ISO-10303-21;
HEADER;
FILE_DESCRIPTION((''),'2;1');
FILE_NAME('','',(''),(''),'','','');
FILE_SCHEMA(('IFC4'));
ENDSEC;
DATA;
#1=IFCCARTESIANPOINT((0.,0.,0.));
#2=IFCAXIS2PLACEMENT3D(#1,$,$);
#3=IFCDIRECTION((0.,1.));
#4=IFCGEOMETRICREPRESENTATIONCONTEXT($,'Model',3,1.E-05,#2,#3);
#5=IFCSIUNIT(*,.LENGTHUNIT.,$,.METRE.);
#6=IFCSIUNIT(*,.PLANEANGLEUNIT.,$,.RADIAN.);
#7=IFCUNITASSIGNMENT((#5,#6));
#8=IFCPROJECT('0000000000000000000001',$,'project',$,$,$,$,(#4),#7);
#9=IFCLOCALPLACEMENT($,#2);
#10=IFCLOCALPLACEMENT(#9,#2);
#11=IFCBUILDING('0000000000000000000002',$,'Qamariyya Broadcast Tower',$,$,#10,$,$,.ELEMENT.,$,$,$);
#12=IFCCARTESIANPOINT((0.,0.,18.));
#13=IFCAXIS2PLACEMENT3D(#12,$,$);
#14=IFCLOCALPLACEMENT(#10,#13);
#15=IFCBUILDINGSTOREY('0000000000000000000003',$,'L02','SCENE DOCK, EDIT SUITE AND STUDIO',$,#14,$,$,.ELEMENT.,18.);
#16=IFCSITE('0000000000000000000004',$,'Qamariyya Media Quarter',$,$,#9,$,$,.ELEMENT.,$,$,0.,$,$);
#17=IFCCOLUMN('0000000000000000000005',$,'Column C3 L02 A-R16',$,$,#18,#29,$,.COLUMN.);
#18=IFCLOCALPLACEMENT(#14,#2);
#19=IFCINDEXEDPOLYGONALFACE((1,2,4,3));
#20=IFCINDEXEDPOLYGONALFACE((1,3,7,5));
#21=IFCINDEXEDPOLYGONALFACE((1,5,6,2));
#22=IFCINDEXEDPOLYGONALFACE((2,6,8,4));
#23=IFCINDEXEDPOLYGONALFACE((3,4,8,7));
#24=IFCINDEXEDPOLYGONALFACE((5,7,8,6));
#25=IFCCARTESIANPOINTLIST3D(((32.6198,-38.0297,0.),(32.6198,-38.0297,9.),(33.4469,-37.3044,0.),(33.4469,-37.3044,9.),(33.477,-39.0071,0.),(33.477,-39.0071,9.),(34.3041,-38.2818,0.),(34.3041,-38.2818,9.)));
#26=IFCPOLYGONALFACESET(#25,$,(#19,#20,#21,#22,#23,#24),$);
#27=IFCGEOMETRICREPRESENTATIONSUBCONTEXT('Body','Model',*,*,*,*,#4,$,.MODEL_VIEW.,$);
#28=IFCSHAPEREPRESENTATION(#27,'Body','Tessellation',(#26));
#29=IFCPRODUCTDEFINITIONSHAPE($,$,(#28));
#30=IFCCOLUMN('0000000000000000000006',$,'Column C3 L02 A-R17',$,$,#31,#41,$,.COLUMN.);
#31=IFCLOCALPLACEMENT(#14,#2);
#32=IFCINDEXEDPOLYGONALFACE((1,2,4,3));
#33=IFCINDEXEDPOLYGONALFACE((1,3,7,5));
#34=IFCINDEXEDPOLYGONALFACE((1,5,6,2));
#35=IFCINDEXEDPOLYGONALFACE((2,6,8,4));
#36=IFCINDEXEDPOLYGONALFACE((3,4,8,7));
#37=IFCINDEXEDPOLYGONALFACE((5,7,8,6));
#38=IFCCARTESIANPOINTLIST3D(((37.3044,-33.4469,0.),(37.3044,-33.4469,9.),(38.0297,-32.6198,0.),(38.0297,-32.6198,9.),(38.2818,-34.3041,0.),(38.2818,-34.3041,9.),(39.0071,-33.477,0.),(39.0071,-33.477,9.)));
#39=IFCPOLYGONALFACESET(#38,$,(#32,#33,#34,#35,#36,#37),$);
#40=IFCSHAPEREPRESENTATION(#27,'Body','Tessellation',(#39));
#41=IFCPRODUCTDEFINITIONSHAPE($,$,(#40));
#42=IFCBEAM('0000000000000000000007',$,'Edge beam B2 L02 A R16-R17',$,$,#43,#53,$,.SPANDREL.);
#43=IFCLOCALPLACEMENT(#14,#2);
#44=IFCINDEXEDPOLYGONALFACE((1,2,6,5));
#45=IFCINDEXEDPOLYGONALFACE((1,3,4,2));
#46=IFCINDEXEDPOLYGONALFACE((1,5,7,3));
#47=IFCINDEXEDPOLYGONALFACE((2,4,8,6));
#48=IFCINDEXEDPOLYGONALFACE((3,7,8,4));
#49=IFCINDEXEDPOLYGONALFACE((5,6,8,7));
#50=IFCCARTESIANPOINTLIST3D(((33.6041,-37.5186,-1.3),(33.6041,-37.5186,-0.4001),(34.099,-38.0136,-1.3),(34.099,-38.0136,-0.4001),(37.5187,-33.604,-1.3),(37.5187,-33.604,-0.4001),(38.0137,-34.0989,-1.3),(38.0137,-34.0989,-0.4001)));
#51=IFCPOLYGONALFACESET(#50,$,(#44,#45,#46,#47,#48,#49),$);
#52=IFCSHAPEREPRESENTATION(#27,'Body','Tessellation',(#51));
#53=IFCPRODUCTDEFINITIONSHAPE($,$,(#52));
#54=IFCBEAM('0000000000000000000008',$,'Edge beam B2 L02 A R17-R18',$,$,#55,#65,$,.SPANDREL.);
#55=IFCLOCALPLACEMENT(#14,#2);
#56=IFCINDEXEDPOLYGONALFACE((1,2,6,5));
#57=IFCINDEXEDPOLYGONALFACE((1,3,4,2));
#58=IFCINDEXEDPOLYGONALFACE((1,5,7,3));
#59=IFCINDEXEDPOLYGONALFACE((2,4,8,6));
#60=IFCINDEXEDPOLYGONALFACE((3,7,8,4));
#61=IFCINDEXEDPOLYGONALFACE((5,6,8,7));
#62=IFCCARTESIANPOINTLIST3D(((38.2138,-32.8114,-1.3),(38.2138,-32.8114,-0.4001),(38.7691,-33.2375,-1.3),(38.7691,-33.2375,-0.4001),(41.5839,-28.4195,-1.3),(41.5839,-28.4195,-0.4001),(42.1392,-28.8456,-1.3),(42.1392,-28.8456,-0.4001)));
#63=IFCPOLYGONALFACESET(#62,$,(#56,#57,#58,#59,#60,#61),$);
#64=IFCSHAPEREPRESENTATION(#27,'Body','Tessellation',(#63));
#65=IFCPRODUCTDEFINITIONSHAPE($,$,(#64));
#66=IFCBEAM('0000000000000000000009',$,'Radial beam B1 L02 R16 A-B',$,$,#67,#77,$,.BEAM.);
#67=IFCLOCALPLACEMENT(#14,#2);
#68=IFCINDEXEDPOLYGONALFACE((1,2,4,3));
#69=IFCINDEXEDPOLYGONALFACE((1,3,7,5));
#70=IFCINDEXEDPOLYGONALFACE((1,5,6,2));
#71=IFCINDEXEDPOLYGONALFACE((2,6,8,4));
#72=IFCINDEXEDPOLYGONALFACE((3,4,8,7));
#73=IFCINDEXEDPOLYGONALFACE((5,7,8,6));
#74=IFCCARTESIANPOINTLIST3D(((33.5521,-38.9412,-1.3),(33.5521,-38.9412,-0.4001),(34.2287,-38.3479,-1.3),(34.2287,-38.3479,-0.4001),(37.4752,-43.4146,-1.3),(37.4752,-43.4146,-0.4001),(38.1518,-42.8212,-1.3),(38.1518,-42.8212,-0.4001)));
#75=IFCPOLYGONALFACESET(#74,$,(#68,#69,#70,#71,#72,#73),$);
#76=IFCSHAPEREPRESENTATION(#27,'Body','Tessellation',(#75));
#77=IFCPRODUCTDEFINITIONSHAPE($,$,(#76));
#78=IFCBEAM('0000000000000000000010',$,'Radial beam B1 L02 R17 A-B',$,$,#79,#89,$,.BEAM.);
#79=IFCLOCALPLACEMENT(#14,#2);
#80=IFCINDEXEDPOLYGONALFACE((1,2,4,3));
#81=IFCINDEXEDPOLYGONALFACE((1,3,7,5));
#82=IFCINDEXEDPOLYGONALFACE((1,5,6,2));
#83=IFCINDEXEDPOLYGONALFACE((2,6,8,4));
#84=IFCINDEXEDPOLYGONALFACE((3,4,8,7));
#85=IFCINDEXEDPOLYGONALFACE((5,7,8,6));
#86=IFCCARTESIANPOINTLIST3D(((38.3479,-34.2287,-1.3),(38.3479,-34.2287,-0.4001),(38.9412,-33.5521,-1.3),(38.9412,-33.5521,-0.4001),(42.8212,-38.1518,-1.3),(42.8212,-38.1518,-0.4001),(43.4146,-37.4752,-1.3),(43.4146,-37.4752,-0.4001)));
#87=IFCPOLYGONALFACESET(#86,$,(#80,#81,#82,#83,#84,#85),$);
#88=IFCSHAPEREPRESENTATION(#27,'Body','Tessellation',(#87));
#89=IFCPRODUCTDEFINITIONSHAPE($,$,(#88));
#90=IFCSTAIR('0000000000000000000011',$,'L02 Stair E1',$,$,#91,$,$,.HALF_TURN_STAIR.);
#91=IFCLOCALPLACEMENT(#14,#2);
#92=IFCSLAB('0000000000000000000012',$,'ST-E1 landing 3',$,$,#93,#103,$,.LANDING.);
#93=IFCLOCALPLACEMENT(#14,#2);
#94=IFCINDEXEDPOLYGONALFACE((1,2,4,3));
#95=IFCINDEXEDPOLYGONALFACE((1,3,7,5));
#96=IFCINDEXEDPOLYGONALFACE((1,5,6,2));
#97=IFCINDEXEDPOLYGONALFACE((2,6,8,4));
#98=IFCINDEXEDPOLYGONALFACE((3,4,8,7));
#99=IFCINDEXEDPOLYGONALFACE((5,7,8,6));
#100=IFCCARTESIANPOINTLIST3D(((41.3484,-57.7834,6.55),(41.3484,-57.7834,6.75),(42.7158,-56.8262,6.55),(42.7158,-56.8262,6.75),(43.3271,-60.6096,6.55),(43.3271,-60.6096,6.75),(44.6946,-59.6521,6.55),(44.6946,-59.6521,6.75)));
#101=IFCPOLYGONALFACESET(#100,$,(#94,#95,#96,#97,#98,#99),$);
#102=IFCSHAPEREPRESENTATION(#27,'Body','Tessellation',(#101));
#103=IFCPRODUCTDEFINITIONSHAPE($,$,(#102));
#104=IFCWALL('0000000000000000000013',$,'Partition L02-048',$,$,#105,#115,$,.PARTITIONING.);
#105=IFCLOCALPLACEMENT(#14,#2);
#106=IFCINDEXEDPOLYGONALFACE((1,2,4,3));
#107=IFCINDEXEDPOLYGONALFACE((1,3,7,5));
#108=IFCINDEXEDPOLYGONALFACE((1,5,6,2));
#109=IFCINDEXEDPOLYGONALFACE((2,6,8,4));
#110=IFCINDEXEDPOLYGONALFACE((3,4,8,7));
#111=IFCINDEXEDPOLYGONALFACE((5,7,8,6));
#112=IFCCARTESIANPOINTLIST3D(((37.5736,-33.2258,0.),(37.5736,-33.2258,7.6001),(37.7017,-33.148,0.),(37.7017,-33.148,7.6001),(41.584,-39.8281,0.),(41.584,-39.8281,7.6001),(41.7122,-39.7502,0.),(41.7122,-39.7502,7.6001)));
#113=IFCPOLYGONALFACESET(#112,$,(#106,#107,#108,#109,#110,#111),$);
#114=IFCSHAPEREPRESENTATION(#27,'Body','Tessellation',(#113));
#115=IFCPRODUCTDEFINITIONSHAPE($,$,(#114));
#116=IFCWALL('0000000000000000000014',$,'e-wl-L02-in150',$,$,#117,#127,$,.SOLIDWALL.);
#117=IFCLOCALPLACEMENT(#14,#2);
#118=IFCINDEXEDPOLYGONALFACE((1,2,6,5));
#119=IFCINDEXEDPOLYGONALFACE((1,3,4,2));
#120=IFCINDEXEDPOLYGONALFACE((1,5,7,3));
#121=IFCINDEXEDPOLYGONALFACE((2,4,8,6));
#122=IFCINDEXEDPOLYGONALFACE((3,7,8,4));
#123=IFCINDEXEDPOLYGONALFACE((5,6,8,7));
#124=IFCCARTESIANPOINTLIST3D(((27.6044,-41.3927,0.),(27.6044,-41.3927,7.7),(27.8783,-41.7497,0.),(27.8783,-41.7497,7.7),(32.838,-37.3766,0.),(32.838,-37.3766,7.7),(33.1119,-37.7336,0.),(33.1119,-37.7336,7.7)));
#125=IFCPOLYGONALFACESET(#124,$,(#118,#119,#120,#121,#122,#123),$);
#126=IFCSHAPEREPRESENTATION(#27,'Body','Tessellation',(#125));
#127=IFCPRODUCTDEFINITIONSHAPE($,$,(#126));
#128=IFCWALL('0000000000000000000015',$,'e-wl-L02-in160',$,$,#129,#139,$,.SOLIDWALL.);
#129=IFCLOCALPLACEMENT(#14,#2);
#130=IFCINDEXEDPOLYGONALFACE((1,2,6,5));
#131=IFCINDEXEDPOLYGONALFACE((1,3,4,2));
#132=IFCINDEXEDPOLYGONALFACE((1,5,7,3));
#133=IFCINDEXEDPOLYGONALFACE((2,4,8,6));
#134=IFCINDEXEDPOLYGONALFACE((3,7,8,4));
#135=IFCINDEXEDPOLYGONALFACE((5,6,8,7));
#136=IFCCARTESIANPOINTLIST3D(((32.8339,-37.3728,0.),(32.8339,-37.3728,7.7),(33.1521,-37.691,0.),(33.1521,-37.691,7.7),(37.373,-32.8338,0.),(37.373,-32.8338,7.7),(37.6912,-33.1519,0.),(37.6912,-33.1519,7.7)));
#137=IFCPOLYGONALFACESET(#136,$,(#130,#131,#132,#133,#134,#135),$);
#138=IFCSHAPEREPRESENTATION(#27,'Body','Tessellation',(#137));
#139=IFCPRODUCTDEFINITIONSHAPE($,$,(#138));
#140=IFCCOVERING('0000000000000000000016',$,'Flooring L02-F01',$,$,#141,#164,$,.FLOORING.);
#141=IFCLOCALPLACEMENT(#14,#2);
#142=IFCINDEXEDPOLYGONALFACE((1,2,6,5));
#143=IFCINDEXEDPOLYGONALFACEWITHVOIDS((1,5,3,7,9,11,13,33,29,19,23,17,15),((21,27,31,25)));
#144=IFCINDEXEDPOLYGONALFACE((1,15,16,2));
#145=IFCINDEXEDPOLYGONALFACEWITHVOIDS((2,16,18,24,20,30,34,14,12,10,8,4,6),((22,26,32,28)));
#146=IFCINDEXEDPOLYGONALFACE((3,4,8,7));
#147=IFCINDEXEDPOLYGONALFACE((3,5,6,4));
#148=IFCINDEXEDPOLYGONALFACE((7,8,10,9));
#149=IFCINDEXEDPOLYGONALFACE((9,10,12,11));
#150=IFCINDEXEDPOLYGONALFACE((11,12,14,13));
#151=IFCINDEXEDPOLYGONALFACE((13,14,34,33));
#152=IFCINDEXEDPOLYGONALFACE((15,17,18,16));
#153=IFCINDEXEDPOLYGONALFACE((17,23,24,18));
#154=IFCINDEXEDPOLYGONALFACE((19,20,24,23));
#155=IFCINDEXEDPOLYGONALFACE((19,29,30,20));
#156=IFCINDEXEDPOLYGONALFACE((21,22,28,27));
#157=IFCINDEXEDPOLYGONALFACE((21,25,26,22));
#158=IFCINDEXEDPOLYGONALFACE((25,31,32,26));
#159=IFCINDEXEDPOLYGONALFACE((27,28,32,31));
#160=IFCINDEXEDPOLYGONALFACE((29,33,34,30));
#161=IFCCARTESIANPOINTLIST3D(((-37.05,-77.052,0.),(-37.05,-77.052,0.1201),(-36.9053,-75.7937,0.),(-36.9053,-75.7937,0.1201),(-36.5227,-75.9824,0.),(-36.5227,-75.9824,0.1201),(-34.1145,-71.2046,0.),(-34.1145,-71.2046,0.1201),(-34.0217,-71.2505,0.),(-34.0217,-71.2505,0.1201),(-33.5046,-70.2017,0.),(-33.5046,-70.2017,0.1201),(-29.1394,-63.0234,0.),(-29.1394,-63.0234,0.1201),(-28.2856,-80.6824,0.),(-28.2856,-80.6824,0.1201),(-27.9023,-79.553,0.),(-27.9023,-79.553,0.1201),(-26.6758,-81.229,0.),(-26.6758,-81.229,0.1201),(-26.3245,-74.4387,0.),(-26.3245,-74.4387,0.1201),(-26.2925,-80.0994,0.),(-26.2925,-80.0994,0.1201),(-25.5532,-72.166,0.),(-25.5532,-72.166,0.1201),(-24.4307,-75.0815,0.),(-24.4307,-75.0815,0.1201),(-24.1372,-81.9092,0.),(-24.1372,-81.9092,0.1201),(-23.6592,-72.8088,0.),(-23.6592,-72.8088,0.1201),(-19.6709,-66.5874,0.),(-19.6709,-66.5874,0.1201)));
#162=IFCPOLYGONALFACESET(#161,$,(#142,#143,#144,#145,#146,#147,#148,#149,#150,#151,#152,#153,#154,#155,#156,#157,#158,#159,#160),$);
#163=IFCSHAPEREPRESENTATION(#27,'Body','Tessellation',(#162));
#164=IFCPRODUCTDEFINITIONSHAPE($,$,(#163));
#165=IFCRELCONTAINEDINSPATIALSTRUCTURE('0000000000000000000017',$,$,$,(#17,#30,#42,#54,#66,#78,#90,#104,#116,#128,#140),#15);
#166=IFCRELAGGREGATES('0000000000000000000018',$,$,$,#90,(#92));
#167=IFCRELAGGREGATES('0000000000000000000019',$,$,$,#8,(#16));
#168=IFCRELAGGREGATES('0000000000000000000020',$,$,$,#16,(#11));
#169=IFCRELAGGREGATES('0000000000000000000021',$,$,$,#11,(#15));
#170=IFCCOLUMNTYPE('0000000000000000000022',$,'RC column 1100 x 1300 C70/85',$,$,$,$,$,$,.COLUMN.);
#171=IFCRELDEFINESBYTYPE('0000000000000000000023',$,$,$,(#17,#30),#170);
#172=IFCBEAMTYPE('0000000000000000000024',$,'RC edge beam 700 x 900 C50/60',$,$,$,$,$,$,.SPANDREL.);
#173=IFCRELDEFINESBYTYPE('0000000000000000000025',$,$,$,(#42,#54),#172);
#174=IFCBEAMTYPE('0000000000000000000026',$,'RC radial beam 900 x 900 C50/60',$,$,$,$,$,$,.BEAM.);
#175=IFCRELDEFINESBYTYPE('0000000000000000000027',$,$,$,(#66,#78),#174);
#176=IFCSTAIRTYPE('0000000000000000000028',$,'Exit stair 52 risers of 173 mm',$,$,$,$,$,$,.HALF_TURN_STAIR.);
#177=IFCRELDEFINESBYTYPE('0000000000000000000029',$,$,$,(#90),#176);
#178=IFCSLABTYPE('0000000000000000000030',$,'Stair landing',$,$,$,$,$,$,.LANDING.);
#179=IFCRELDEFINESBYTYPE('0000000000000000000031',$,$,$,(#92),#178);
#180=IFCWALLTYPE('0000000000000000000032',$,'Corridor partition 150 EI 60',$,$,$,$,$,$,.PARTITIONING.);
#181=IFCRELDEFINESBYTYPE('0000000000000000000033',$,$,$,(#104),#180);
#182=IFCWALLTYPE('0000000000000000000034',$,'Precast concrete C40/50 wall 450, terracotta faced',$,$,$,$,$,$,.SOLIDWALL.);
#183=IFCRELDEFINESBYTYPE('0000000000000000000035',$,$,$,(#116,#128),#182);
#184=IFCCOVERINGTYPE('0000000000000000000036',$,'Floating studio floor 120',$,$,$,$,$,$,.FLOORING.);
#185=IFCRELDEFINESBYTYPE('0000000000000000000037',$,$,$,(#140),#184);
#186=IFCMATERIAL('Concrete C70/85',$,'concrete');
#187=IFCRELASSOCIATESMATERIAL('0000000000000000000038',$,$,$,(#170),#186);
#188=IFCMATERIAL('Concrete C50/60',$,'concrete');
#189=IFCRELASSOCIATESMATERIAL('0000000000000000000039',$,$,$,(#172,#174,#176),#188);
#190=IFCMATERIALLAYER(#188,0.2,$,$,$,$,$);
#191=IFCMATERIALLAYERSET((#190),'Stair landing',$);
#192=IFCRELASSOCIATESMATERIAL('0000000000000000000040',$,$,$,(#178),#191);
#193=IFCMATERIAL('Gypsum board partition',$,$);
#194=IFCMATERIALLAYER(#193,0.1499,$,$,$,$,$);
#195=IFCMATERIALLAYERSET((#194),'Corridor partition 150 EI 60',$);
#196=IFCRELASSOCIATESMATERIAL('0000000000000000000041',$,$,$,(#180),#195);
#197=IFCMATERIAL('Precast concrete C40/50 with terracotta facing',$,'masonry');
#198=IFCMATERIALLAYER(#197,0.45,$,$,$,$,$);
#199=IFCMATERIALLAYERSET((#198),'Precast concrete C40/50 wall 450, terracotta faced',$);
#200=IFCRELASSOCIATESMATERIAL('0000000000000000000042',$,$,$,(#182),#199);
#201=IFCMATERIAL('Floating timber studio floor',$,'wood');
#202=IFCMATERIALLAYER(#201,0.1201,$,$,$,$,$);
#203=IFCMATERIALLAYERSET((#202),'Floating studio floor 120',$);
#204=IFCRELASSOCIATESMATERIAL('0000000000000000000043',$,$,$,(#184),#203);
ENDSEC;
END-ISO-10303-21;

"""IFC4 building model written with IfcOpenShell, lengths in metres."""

from ifc_helpers import new_model, si_unit, direction, frame, frame_2d, origin, origin_2d, place, context, subcontext, project, spatial, polyline, rectangle, outline, extrude, material, layer, layer_set, material_profile, profile_set, type_object, element, aggregate, save


model = new_model("IFC4")

# Units and contexts
model_context = context("Model", 3, precision=1e-05, world=origin(), true_north=direction((0.0, 1.0)))
body_context = subcontext(model_context, "Body", "Model", "MODEL_VIEW")
ifc_project = project(units=[si_unit("LENGTHUNIT", "METRE"), si_unit("PLANEANGLEUNIT", "RADIAN")], contexts=[model_context])

# Site, building, storey
site_placement = place(None, origin())
site = spatial("IfcSite", under=ifc_project, at=site_placement, Name="Qamariyya Media Quarter", CompositionType="ELEMENT", RefElevation=0.0)
building_placement = place(site_placement, origin())
building = spatial("IfcBuilding", under=site, at=building_placement, Name="Qamariyya Broadcast Tower", CompositionType="ELEMENT")
storey_placement = place(building_placement, frame((0.0, 0.0, 18.0)))
storey = spatial("IfcBuildingStorey", under=building, at=storey_placement, Name="L02", Description="SCENE DOCK, EDIT SUITE AND STUDIO", CompositionType="ELEMENT", Elevation=18.0)

# Columns
ifc_material_1 = material(Name="Concrete C70/85", Category="concrete")
ifc_material_profile_1 = material_profile(ifc_material_1, rectangle(XDim=1.1001, YDim=1.3, at=origin_2d()))
ifc_profile_set_1 = profile_set([ifc_material_profile_1], Name="Concrete C70/85")
column_type = type_object("IfcColumnType", Name="RC column 1100 x 1300 C70/85", PredefinedType="COLUMN", material=ifc_profile_set_1)
for number, where, z_axis, x_axis, name in (
    (1, (33.4619, -38.1558, 0.0), (0.0, 0.0, 1.0), (0.75184, 0.659346, 0.0), "Column C3 L02 A-R16"),
    (2, (38.1558, -33.4619, 0.0), (0.0, 0.0, 1.0), (0.659346, 0.75184, 0.0), "Column C3 L02 A-R17"),
):
    element("IfcColumn", number, at=place(storey_placement, frame(where, z_axis=z_axis, x_axis=x_axis)), inside=storey, type_object=column_type, Name=name, PredefinedType="COLUMN", context=body_context, shape_type="SweptSolid", body=[
        extrude(rectangle(XDim=1.1001, YDim=1.3, at=origin_2d()), origin(), (0.0, 0.0, 1.0), 9.0),
    ])

# Beams
ifc_material_2 = material(Name="Concrete C50/60", Category="concrete")
ifc_material_profile_2 = material_profile(ifc_material_2, rectangle(XDim=0.7, YDim=0.8999, at=origin_2d()))
ifc_profile_set_2 = profile_set([ifc_material_profile_2], Name="Concrete C50/60")
beam_type_1 = type_object("IfcBeamType", Name="RC edge beam 700 x 900 C50/60", PredefinedType="SPANDREL", material=ifc_profile_set_2)
beam_1_placement = place(storey_placement, frame((33.8516, -37.7661, -0.8501), z_axis=(0.707107, 0.707107, 0.0), x_axis=(-0.707107, 0.707107, 0.0)))
element("IfcBeam", 3, at=beam_1_placement, inside=storey, type_object=beam_type_1, Name="Edge beam B2 L02 A R16-R17", PredefinedType="SPANDREL", context=body_context, shape_type="SweptSolid", body=[
    extrude(rectangle(XDim=0.7, YDim=0.8999, at=origin_2d()), origin(), (0.0, 0.0, 1.0), 5.5361),
])
beam_2_placement = place(storey_placement, frame((38.4915, -33.0244, -0.8501), z_axis=(0.608777, 0.793342, 0.0), x_axis=(-0.793342, 0.608777, 0.0)))
element("IfcBeam", 4, at=beam_2_placement, inside=storey, type_object=beam_type_1, Name="Edge beam B2 L02 A R17-R18", PredefinedType="SPANDREL", context=body_context, shape_type="SweptSolid", body=[
    extrude(rectangle(XDim=0.7, YDim=0.8999, at=origin_2d()), origin(), (0.0, 0.0, 1.0), 5.5359),
])
ifc_material_profile_3 = material_profile(ifc_material_2, rectangle(XDim=0.8999, YDim=0.8999, at=origin_2d()))
ifc_profile_set_3 = profile_set([ifc_material_profile_3], Name="Concrete C50/60")
beam_type_2 = type_object("IfcBeamType", Name="RC radial beam 900 x 900 C50/60", PredefinedType="BEAM", material=ifc_profile_set_3)
for number, where, z_axis, x_axis, name in (
    (5, (33.8904, -38.6445, -0.8501), (0.65935, -0.751837, 0.0), (0.751837, 0.65935, 0.0), "Radial beam B1 L02 R16 A-B"),
    (6, (38.6445, -33.8904, -0.8501), (0.751837, -0.65935, 0.0), (0.65935, 0.751837, 0.0), "Radial beam B1 L02 R17 A-B"),
):
    element("IfcBeam", number, at=place(storey_placement, frame(where, z_axis=z_axis, x_axis=x_axis)), inside=storey, type_object=beam_type_2, Name=name, PredefinedType="BEAM", context=body_context, shape_type="SweptSolid", body=[
        extrude(rectangle(XDim=0.8999, YDim=0.8999, at=origin_2d()), origin(), (0.0, 0.0, 1.0), 5.95),
    ])

# Stair, slab
stair_type = type_object("IfcStairType", Name="Exit stair 52 risers of 173 mm", PredefinedType="HALF_TURN_STAIR", material=ifc_material_2)
stair_placement = place(storey_placement, origin())
stair = element("IfcStair", 7, at=stair_placement, inside=storey, type_object=stair_type, Name="L02 Stair E1", PredefinedType="HALF_TURN_STAIR")
ifc_layer_1 = layer(ifc_material_2, 0.2)
ifc_layer_set_1 = layer_set([ifc_layer_1], Name="Stair landing")
slab_type = type_object("IfcSlabType", Name="Stair landing", PredefinedType="LANDING", material=ifc_layer_set_1)
slab_placement = place(storey_placement, frame((0.0, 0.0, 6.55)))
slab = element("IfcSlab", 8, at=slab_placement, type_object=slab_type, Name="ST-E1 landing 3", PredefinedType="LANDING", context=body_context, shape_type="SweptSolid", body=[
    extrude(outline(polyline([(42.7158, -56.8262), (41.3484, -57.7834), (43.3271, -60.6096), (44.6946, -59.6521), (42.7158, -56.8262)])), origin(), (0.0, 0.0, 1.0), 0.2),
])
aggregate(stair, [slab])

# Walls
ifc_material_3 = material(Name="Gypsum board partition")
ifc_layer_2 = layer(ifc_material_3, 0.1499)
ifc_layer_set_2 = layer_set([ifc_layer_2], Name="Corridor partition 150 EI 60")
wall_type_1 = type_object("IfcWallType", Name="Corridor partition 150 EI 60", PredefinedType="PARTITIONING", material=ifc_layer_set_2)
wall_1_placement = place(storey_placement, frame((37.6377, -33.187, 0.0), z_axis=(0.0, 0.0, 1.0), x_axis=(0.519164, -0.854675, 0.0)))
element("IfcWall", 9, at=wall_1_placement, inside=storey, type_object=wall_type_1, Name="Partition L02-048", PredefinedType="PARTITIONING", context=body_context, shape_type="SweptSolid", body=[
    extrude(rectangle(XDim=7.7249, YDim=0.1499, at=frame_2d((3.8623, 0.0))), origin(), (0.0, 0.0, 1.0), 7.6001),
])
ifc_material_4 = material(Name="Precast concrete C40/50 with terracotta facing", Category="masonry")
ifc_layer_3 = layer(ifc_material_4, 0.45)
ifc_layer_set_3 = layer_set([ifc_layer_3], Name="Precast concrete C40/50 wall 450, terracotta faced")
wall_type_2 = type_object("IfcWallType", Name="Precast concrete C40/50 wall 450, terracotta faced", PredefinedType="SOLIDWALL", material=ifc_layer_set_3)
wall_2_placement = place(storey_placement, frame((32.9749, -37.5552, 0.0), z_axis=(0.0, 0.0, 1.0), x_axis=(-0.793339, -0.60878, 0.0)))
element("IfcWall", 10, at=wall_2_placement, inside=storey, type_object=wall_type_2, Name="e-wl-L02-in150", PredefinedType="SOLIDWALL", context=body_context, shape_type="SweptSolid", body=[
    extrude(rectangle(XDim=6.5969, YDim=0.45, at=frame_2d((3.2983, 0.0))), origin(), (0.0, 0.0, 1.0), 7.7),
])
wall_3_placement = place(storey_placement, frame((37.532, -32.9929, 0.0), z_axis=(0.0, 0.0, 1.0), x_axis=(-0.707107, -0.707107, 0.0)))
element("IfcWall", 11, at=wall_3_placement, inside=storey, type_object=wall_type_2, Name="e-wl-L02-in160", PredefinedType="SOLIDWALL", context=body_context, shape_type="SweptSolid", body=[
    extrude(rectangle(XDim=6.4192, YDim=0.45, at=frame_2d((3.2095, 0.0))), origin(), (0.0, 0.0, 1.0), 7.7),
])

# Covering
ifc_material_5 = material(Name="Floating timber studio floor", Category="wood")
ifc_layer_4 = layer(ifc_material_5, 0.1201)
ifc_layer_set_4 = layer_set([ifc_layer_4], Name="Floating studio floor 120")
covering_type_1 = type_object("IfcCoveringType", Name="Floating studio floor 120", PredefinedType="FLOORING", material=ifc_layer_set_4)
covering_1_placement = place(storey_placement, origin())
element("IfcCovering", 12, at=covering_1_placement, inside=storey, type_object=covering_type_1, Name="Flooring L02-F01", PredefinedType="FLOORING", context=body_context, shape_type="SweptSolid", body=[
    extrude(outline(polyline([(-34.0217, -71.2505), (-33.5046, -70.2017), (-29.1394, -63.0234), (-19.6709, -66.5874), (-24.1372, -81.9092), (-26.6758, -81.229), (-26.2925, -80.0994), (-27.9023, -79.553), (-28.2856, -80.6824), (-37.05, -77.052), (-36.5227, -75.9824), (-36.9053, -75.7937), (-34.1145, -71.2046), (-34.0217, -71.2505)]), holes=[polyline([(-26.3245, -74.4387), (-24.4307, -75.0815), (-23.6592, -72.8088), (-25.5532, -72.166), (-26.3245, -74.4387)])]), origin(), (0.0, 0.0, 1.0), 0.1201),
])

save(model, "model.ifc")
